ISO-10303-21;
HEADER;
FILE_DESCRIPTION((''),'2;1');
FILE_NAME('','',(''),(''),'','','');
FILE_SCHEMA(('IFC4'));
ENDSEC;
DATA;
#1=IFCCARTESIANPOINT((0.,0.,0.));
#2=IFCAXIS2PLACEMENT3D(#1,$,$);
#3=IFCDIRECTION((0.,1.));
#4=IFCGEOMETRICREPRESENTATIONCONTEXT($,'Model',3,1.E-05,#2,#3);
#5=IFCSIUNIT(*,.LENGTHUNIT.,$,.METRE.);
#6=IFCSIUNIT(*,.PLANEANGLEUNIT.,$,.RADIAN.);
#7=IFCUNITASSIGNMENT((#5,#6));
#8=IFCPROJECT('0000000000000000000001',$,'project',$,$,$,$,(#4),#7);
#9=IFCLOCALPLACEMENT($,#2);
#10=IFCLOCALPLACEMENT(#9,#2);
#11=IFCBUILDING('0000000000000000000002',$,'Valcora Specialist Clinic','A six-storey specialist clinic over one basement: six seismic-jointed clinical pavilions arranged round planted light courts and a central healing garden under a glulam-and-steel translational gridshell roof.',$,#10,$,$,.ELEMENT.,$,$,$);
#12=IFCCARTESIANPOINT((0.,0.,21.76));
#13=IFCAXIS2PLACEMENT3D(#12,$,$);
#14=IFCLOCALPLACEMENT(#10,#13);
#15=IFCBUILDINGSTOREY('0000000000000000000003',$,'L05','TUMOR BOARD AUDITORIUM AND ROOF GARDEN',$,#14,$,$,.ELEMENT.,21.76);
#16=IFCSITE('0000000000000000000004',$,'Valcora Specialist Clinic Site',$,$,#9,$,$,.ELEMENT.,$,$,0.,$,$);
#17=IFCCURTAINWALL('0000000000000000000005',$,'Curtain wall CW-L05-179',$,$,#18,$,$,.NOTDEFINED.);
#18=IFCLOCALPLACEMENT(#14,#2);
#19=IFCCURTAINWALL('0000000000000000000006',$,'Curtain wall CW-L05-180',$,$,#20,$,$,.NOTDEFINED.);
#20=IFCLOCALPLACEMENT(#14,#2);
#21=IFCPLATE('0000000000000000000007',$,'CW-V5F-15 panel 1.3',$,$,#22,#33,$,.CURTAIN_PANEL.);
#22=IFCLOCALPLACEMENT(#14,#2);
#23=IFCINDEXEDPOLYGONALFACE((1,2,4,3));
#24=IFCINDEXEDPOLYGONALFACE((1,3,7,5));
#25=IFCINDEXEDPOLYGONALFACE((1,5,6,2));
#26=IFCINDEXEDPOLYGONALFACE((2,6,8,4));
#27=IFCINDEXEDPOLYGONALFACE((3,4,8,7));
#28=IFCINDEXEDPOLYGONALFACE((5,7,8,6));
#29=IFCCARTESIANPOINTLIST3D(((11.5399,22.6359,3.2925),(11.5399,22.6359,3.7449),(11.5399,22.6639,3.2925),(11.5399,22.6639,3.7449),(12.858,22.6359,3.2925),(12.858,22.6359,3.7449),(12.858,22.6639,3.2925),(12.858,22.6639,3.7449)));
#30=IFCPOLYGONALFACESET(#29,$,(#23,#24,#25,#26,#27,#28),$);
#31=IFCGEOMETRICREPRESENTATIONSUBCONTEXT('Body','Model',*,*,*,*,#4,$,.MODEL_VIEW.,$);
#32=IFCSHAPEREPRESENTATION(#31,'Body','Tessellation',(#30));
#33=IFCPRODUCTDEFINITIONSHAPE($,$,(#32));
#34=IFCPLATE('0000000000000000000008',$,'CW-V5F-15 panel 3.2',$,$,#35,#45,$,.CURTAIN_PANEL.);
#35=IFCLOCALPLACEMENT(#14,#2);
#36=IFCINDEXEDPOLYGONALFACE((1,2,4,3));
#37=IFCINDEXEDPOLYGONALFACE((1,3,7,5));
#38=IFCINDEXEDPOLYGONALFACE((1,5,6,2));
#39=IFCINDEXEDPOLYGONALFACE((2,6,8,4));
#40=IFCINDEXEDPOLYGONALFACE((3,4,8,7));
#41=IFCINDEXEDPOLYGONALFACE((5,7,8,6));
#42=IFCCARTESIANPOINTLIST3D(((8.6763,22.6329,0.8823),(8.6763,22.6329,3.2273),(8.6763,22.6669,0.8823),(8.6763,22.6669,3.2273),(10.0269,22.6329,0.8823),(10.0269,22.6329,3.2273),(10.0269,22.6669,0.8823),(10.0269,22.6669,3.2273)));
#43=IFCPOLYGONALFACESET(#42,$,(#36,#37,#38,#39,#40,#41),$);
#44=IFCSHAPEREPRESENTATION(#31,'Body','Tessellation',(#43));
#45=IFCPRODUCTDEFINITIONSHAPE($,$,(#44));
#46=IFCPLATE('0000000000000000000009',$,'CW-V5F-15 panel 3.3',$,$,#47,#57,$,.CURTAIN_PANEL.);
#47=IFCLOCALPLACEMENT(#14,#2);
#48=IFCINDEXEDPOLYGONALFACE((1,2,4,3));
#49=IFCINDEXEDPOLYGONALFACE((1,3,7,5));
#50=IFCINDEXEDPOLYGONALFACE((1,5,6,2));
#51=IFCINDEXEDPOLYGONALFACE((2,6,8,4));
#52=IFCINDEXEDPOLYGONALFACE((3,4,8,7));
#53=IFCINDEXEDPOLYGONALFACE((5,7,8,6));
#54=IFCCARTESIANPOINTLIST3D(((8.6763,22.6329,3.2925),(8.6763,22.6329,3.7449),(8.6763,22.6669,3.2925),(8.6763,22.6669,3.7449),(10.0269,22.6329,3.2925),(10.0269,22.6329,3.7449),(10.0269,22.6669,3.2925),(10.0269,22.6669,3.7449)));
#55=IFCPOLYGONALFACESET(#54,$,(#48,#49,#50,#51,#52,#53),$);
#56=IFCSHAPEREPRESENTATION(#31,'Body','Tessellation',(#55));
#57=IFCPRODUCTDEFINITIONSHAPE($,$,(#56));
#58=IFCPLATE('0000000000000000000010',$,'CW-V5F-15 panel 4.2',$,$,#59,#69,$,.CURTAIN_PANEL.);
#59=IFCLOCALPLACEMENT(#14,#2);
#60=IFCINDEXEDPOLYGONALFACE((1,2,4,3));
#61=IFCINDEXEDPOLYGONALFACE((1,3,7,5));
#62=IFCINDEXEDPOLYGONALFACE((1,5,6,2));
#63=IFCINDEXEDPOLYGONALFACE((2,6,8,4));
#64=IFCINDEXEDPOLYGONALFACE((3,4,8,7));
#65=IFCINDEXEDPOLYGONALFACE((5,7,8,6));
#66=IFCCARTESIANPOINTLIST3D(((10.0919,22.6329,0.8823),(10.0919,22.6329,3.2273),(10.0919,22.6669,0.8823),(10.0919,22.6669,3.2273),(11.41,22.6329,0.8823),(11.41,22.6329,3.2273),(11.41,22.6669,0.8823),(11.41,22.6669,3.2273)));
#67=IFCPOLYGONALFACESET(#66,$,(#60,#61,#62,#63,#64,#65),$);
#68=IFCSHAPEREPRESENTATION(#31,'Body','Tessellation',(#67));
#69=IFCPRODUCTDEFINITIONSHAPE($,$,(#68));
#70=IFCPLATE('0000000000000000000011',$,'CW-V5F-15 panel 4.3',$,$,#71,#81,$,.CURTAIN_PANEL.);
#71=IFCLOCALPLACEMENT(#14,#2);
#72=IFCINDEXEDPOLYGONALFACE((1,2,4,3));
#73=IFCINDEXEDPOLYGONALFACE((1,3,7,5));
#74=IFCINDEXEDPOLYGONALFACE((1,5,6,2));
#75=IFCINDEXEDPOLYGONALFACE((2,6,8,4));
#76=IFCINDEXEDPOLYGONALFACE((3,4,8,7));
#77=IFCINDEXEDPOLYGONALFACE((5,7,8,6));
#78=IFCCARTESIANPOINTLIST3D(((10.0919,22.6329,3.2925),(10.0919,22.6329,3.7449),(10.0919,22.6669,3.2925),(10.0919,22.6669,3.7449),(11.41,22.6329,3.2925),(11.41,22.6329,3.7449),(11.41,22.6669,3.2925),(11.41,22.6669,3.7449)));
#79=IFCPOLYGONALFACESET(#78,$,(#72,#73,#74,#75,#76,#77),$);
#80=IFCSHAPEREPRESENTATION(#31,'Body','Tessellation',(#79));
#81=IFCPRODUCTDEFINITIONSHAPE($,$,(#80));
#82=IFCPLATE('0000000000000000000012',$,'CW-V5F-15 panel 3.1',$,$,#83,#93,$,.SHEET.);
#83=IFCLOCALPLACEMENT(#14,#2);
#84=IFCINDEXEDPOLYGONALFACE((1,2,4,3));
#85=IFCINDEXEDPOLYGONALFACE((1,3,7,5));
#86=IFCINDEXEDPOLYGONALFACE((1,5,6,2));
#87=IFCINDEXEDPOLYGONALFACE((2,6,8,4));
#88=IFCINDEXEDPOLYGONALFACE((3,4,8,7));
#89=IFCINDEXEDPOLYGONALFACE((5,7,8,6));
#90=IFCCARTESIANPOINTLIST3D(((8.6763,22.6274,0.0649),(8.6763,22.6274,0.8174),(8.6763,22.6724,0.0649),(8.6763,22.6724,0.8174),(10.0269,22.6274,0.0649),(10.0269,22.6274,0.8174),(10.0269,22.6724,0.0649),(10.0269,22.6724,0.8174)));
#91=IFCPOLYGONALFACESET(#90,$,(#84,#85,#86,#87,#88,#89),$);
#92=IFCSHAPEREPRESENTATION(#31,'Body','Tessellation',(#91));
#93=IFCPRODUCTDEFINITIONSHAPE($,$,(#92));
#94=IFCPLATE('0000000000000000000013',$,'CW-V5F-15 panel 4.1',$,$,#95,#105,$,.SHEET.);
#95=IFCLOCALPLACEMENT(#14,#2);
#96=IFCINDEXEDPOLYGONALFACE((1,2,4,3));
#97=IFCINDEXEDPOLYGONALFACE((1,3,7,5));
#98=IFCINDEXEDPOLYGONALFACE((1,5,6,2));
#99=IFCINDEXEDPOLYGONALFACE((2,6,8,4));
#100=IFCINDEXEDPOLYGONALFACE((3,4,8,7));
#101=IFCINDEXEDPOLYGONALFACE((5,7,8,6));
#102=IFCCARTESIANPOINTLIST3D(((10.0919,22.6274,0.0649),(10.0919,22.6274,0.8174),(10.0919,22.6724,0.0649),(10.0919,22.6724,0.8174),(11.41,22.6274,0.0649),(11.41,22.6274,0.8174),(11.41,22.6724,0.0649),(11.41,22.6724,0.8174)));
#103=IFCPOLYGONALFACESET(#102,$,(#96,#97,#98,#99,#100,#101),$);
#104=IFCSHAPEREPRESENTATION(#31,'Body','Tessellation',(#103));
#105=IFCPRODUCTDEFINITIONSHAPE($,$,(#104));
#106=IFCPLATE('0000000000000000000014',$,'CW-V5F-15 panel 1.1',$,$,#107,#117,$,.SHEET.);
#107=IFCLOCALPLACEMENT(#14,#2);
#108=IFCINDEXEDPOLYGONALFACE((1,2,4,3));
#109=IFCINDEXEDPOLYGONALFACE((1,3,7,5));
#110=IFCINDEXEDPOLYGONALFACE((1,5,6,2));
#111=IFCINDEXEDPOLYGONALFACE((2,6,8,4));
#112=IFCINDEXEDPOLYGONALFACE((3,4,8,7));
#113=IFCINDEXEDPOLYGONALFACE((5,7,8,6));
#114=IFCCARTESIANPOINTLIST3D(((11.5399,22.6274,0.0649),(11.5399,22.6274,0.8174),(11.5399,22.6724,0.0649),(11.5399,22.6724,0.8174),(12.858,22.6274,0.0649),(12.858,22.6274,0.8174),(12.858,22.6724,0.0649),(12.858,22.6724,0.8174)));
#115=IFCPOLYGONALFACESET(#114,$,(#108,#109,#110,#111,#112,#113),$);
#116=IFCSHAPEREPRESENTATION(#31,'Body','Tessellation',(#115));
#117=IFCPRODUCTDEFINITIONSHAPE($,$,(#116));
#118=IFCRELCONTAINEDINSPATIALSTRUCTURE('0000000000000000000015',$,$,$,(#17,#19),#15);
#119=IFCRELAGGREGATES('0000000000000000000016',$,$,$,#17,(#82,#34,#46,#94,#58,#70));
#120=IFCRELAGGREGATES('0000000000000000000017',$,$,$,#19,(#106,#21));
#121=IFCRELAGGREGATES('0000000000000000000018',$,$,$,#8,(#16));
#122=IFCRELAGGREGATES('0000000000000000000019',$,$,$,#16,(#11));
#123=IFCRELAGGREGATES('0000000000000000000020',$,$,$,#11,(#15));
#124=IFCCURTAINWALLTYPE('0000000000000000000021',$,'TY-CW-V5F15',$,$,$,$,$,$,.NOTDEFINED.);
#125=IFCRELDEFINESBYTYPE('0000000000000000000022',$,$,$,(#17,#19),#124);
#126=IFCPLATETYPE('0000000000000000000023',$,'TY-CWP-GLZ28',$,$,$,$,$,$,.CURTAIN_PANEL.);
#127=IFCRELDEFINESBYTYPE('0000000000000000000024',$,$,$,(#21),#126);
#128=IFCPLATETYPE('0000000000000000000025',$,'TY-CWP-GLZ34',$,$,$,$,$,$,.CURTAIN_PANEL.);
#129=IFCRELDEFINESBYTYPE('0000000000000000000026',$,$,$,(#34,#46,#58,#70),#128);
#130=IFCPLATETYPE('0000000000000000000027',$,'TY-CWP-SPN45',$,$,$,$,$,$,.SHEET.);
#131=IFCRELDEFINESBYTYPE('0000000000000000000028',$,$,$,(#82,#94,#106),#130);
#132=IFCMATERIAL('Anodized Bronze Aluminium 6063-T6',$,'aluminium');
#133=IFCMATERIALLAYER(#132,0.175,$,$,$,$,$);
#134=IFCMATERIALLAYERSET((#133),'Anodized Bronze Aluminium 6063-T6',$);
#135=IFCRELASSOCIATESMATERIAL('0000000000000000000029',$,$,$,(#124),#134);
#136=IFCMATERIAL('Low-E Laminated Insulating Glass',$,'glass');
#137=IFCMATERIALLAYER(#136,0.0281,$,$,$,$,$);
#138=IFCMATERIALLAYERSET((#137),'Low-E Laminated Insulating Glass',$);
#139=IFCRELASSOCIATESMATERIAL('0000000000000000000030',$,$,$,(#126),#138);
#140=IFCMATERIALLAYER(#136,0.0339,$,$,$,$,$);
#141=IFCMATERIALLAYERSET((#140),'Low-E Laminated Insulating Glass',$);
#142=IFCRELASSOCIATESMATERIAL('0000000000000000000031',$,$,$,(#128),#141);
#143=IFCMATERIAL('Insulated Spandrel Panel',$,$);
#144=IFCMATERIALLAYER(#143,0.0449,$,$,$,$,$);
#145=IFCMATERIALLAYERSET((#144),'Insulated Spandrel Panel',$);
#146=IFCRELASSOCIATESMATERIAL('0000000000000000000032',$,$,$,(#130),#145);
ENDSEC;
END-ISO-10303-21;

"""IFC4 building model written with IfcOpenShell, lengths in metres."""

from ifc_helpers import new_model, si_unit, direction, frame, origin, origin_2d, place, context, subcontext, project, spatial, rectangle, extrude, material, layer, layer_set, type_object, element, aggregate, save


model = new_model("IFC4")

# Units and contexts
model_context = context("Model", 3, precision=1e-05, world=origin(), true_north=direction((0.0, 1.0)))
body_context = subcontext(model_context, "Body", "Model", "MODEL_VIEW")
ifc_project = project(units=[si_unit("LENGTHUNIT", "METRE"), si_unit("PLANEANGLEUNIT", "RADIAN")], contexts=[model_context])

# Site, building, storey
site_placement = place(None, origin())
site = spatial("IfcSite", under=ifc_project, at=site_placement, Name="Valcora Specialist Clinic Site", CompositionType="ELEMENT", RefElevation=0.0)
building_placement = place(site_placement, origin())
building = spatial("IfcBuilding", under=site, at=building_placement, Name="Valcora Specialist Clinic", Description="A six-storey specialist clinic over one basement: six seismic-jointed clinical pavilions arranged round planted light courts and a central healing garden under a glulam-and-steel translational gridshell roof.", CompositionType="ELEMENT")
storey_placement = place(building_placement, frame((0.0, 0.0, 21.76)))
storey = spatial("IfcBuildingStorey", under=building, at=storey_placement, Name="L05", Description="TUMOR BOARD AUDITORIUM AND ROOF GARDEN", CompositionType="ELEMENT", Elevation=21.76)

# Curtain walls
ifc_material_1 = material(Name="Anodized Bronze Aluminium 6063-T6", Category="aluminium")
ifc_layer_1 = layer(ifc_material_1, 0.175)
ifc_layer_set_1 = layer_set([ifc_layer_1], Name="Anodized Bronze Aluminium 6063-T6")
curtain_wall_type = type_object("IfcCurtainWallType", Name="TY-CW-V5F15", PredefinedType="NOTDEFINED", material=ifc_layer_set_1)
curtain_wall_1_placement = place(storey_placement, origin())
curtain_wall_1 = element("IfcCurtainWall", 1, at=curtain_wall_1_placement, inside=storey, type_object=curtain_wall_type, Name="Curtain wall CW-L05-179", PredefinedType="NOTDEFINED")
curtain_wall_2_placement = place(storey_placement, origin())
curtain_wall_2 = element("IfcCurtainWall", 2, at=curtain_wall_2_placement, inside=storey, type_object=curtain_wall_type, Name="Curtain wall CW-L05-180", PredefinedType="NOTDEFINED")

# Plates
ifc_material_2 = material(Name="Low-E Laminated Insulating Glass", Category="glass")
ifc_layer_2 = layer(ifc_material_2, 0.0281)
ifc_layer_set_2 = layer_set([ifc_layer_2], Name="Low-E Laminated Insulating Glass")
plate_type_1 = type_object("IfcPlateType", Name="TY-CWP-GLZ28", PredefinedType="CURTAIN_PANEL", material=ifc_layer_set_2)
plate_1_placement = place(storey_placement, frame((12.199, 22.6499, 3.2925), z_axis=(0.0, 0.0, 1.0), x_axis=(1.0, 0.0, 0.0)))
plate_1 = element("IfcPlate", 3, at=plate_1_placement, type_object=plate_type_1, Name="CW-V5F-15 panel 1.3", PredefinedType="CURTAIN_PANEL", context=body_context, shape_type="SweptSolid", body=[
    extrude(rectangle(XDim=1.3181, YDim=0.0281, at=origin_2d()), origin(), (0.0, 0.0, 1.0), 0.4524),
])
ifc_layer_3 = layer(ifc_material_2, 0.0339)
ifc_layer_set_3 = layer_set([ifc_layer_3], Name="Low-E Laminated Insulating Glass")
plate_type_2 = type_object("IfcPlateType", Name="TY-CWP-GLZ34", PredefinedType="CURTAIN_PANEL", material=ifc_layer_set_3)
plate_2_placement = place(storey_placement, frame((9.3516, 22.6499, 0.8823), z_axis=(0.0, 0.0, 1.0), x_axis=(1.0, 0.0, 0.0)))
plate_2 = element("IfcPlate", 4, at=plate_2_placement, type_object=plate_type_2, Name="CW-V5F-15 panel 3.2", PredefinedType="CURTAIN_PANEL", context=body_context, shape_type="SweptSolid", body=[
    extrude(rectangle(XDim=1.3506, YDim=0.0339, at=origin_2d()), origin(), (0.0, 0.0, 1.0), 2.345),
])
plate_3_placement = place(storey_placement, frame((9.3516, 22.6499, 3.2925), z_axis=(0.0, 0.0, 1.0), x_axis=(1.0, 0.0, 0.0)))
plate_3 = element("IfcPlate", 5, at=plate_3_placement, type_object=plate_type_2, Name="CW-V5F-15 panel 3.3", PredefinedType="CURTAIN_PANEL", context=body_context, shape_type="SweptSolid", body=[
    extrude(rectangle(XDim=1.3506, YDim=0.0339, at=origin_2d()), origin(), (0.0, 0.0, 1.0), 0.4524),
])
plate_4_placement = place(storey_placement, frame((10.751, 22.6499, 0.8823), z_axis=(0.0, 0.0, 1.0), x_axis=(1.0, 0.0, 0.0)))
plate_4 = element("IfcPlate", 6, at=plate_4_placement, type_object=plate_type_2, Name="CW-V5F-15 panel 4.2", PredefinedType="CURTAIN_PANEL", context=body_context, shape_type="SweptSolid", body=[
    extrude(rectangle(XDim=1.3181, YDim=0.0339, at=origin_2d()), origin(), (0.0, 0.0, 1.0), 2.345),
])
plate_5_placement = place(storey_placement, frame((10.751, 22.6499, 3.2925), z_axis=(0.0, 0.0, 1.0), x_axis=(1.0, 0.0, 0.0)))
plate_5 = element("IfcPlate", 7, at=plate_5_placement, type_object=plate_type_2, Name="CW-V5F-15 panel 4.3", PredefinedType="CURTAIN_PANEL", context=body_context, shape_type="SweptSolid", body=[
    extrude(rectangle(XDim=1.3181, YDim=0.0339, at=origin_2d()), origin(), (0.0, 0.0, 1.0), 0.4524),
])
ifc_material_3 = material(Name="Insulated Spandrel Panel")
ifc_layer_4 = layer(ifc_material_3, 0.0449)
ifc_layer_set_4 = layer_set([ifc_layer_4], Name="Insulated Spandrel Panel")
plate_type_3 = type_object("IfcPlateType", Name="TY-CWP-SPN45", PredefinedType="SHEET", material=ifc_layer_set_4)
plate_6_placement = place(storey_placement, frame((9.3516, 22.6499, 0.0649), z_axis=(0.0, 0.0, 1.0), x_axis=(1.0, 0.0, 0.0)))
plate_6 = element("IfcPlate", 8, at=plate_6_placement, type_object=plate_type_3, Name="CW-V5F-15 panel 3.1", PredefinedType="SHEET", context=body_context, shape_type="SweptSolid", body=[
    extrude(rectangle(XDim=1.3506, YDim=0.0449, at=origin_2d()), origin(), (0.0, 0.0, 1.0), 0.7524),
])
plate_7_placement = place(storey_placement, frame((10.751, 22.6499, 0.0649), z_axis=(0.0, 0.0, 1.0), x_axis=(1.0, 0.0, 0.0)))
plate_7 = element("IfcPlate", 9, at=plate_7_placement, type_object=plate_type_3, Name="CW-V5F-15 panel 4.1", PredefinedType="SHEET", context=body_context, shape_type="SweptSolid", body=[
    extrude(rectangle(XDim=1.3181, YDim=0.0449, at=origin_2d()), origin(), (0.0, 0.0, 1.0), 0.7524),
])
aggregate(curtain_wall_1, [plate_6, plate_2, plate_3, plate_7, plate_4, plate_5])
plate_8_placement = place(storey_placement, frame((12.199, 22.6499, 0.0649), z_axis=(0.0, 0.0, 1.0), x_axis=(1.0, 0.0, 0.0)))
plate_8 = element("IfcPlate", 10, at=plate_8_placement, type_object=plate_type_3, Name="CW-V5F-15 panel 1.1", PredefinedType="SHEET", context=body_context, shape_type="SweptSolid", body=[
    extrude(rectangle(XDim=1.3181, YDim=0.0449, at=origin_2d()), origin(), (0.0, 0.0, 1.0), 0.7524),
])
aggregate(curtain_wall_2, [plate_8, plate_1])

save(model, "model.ifc")
